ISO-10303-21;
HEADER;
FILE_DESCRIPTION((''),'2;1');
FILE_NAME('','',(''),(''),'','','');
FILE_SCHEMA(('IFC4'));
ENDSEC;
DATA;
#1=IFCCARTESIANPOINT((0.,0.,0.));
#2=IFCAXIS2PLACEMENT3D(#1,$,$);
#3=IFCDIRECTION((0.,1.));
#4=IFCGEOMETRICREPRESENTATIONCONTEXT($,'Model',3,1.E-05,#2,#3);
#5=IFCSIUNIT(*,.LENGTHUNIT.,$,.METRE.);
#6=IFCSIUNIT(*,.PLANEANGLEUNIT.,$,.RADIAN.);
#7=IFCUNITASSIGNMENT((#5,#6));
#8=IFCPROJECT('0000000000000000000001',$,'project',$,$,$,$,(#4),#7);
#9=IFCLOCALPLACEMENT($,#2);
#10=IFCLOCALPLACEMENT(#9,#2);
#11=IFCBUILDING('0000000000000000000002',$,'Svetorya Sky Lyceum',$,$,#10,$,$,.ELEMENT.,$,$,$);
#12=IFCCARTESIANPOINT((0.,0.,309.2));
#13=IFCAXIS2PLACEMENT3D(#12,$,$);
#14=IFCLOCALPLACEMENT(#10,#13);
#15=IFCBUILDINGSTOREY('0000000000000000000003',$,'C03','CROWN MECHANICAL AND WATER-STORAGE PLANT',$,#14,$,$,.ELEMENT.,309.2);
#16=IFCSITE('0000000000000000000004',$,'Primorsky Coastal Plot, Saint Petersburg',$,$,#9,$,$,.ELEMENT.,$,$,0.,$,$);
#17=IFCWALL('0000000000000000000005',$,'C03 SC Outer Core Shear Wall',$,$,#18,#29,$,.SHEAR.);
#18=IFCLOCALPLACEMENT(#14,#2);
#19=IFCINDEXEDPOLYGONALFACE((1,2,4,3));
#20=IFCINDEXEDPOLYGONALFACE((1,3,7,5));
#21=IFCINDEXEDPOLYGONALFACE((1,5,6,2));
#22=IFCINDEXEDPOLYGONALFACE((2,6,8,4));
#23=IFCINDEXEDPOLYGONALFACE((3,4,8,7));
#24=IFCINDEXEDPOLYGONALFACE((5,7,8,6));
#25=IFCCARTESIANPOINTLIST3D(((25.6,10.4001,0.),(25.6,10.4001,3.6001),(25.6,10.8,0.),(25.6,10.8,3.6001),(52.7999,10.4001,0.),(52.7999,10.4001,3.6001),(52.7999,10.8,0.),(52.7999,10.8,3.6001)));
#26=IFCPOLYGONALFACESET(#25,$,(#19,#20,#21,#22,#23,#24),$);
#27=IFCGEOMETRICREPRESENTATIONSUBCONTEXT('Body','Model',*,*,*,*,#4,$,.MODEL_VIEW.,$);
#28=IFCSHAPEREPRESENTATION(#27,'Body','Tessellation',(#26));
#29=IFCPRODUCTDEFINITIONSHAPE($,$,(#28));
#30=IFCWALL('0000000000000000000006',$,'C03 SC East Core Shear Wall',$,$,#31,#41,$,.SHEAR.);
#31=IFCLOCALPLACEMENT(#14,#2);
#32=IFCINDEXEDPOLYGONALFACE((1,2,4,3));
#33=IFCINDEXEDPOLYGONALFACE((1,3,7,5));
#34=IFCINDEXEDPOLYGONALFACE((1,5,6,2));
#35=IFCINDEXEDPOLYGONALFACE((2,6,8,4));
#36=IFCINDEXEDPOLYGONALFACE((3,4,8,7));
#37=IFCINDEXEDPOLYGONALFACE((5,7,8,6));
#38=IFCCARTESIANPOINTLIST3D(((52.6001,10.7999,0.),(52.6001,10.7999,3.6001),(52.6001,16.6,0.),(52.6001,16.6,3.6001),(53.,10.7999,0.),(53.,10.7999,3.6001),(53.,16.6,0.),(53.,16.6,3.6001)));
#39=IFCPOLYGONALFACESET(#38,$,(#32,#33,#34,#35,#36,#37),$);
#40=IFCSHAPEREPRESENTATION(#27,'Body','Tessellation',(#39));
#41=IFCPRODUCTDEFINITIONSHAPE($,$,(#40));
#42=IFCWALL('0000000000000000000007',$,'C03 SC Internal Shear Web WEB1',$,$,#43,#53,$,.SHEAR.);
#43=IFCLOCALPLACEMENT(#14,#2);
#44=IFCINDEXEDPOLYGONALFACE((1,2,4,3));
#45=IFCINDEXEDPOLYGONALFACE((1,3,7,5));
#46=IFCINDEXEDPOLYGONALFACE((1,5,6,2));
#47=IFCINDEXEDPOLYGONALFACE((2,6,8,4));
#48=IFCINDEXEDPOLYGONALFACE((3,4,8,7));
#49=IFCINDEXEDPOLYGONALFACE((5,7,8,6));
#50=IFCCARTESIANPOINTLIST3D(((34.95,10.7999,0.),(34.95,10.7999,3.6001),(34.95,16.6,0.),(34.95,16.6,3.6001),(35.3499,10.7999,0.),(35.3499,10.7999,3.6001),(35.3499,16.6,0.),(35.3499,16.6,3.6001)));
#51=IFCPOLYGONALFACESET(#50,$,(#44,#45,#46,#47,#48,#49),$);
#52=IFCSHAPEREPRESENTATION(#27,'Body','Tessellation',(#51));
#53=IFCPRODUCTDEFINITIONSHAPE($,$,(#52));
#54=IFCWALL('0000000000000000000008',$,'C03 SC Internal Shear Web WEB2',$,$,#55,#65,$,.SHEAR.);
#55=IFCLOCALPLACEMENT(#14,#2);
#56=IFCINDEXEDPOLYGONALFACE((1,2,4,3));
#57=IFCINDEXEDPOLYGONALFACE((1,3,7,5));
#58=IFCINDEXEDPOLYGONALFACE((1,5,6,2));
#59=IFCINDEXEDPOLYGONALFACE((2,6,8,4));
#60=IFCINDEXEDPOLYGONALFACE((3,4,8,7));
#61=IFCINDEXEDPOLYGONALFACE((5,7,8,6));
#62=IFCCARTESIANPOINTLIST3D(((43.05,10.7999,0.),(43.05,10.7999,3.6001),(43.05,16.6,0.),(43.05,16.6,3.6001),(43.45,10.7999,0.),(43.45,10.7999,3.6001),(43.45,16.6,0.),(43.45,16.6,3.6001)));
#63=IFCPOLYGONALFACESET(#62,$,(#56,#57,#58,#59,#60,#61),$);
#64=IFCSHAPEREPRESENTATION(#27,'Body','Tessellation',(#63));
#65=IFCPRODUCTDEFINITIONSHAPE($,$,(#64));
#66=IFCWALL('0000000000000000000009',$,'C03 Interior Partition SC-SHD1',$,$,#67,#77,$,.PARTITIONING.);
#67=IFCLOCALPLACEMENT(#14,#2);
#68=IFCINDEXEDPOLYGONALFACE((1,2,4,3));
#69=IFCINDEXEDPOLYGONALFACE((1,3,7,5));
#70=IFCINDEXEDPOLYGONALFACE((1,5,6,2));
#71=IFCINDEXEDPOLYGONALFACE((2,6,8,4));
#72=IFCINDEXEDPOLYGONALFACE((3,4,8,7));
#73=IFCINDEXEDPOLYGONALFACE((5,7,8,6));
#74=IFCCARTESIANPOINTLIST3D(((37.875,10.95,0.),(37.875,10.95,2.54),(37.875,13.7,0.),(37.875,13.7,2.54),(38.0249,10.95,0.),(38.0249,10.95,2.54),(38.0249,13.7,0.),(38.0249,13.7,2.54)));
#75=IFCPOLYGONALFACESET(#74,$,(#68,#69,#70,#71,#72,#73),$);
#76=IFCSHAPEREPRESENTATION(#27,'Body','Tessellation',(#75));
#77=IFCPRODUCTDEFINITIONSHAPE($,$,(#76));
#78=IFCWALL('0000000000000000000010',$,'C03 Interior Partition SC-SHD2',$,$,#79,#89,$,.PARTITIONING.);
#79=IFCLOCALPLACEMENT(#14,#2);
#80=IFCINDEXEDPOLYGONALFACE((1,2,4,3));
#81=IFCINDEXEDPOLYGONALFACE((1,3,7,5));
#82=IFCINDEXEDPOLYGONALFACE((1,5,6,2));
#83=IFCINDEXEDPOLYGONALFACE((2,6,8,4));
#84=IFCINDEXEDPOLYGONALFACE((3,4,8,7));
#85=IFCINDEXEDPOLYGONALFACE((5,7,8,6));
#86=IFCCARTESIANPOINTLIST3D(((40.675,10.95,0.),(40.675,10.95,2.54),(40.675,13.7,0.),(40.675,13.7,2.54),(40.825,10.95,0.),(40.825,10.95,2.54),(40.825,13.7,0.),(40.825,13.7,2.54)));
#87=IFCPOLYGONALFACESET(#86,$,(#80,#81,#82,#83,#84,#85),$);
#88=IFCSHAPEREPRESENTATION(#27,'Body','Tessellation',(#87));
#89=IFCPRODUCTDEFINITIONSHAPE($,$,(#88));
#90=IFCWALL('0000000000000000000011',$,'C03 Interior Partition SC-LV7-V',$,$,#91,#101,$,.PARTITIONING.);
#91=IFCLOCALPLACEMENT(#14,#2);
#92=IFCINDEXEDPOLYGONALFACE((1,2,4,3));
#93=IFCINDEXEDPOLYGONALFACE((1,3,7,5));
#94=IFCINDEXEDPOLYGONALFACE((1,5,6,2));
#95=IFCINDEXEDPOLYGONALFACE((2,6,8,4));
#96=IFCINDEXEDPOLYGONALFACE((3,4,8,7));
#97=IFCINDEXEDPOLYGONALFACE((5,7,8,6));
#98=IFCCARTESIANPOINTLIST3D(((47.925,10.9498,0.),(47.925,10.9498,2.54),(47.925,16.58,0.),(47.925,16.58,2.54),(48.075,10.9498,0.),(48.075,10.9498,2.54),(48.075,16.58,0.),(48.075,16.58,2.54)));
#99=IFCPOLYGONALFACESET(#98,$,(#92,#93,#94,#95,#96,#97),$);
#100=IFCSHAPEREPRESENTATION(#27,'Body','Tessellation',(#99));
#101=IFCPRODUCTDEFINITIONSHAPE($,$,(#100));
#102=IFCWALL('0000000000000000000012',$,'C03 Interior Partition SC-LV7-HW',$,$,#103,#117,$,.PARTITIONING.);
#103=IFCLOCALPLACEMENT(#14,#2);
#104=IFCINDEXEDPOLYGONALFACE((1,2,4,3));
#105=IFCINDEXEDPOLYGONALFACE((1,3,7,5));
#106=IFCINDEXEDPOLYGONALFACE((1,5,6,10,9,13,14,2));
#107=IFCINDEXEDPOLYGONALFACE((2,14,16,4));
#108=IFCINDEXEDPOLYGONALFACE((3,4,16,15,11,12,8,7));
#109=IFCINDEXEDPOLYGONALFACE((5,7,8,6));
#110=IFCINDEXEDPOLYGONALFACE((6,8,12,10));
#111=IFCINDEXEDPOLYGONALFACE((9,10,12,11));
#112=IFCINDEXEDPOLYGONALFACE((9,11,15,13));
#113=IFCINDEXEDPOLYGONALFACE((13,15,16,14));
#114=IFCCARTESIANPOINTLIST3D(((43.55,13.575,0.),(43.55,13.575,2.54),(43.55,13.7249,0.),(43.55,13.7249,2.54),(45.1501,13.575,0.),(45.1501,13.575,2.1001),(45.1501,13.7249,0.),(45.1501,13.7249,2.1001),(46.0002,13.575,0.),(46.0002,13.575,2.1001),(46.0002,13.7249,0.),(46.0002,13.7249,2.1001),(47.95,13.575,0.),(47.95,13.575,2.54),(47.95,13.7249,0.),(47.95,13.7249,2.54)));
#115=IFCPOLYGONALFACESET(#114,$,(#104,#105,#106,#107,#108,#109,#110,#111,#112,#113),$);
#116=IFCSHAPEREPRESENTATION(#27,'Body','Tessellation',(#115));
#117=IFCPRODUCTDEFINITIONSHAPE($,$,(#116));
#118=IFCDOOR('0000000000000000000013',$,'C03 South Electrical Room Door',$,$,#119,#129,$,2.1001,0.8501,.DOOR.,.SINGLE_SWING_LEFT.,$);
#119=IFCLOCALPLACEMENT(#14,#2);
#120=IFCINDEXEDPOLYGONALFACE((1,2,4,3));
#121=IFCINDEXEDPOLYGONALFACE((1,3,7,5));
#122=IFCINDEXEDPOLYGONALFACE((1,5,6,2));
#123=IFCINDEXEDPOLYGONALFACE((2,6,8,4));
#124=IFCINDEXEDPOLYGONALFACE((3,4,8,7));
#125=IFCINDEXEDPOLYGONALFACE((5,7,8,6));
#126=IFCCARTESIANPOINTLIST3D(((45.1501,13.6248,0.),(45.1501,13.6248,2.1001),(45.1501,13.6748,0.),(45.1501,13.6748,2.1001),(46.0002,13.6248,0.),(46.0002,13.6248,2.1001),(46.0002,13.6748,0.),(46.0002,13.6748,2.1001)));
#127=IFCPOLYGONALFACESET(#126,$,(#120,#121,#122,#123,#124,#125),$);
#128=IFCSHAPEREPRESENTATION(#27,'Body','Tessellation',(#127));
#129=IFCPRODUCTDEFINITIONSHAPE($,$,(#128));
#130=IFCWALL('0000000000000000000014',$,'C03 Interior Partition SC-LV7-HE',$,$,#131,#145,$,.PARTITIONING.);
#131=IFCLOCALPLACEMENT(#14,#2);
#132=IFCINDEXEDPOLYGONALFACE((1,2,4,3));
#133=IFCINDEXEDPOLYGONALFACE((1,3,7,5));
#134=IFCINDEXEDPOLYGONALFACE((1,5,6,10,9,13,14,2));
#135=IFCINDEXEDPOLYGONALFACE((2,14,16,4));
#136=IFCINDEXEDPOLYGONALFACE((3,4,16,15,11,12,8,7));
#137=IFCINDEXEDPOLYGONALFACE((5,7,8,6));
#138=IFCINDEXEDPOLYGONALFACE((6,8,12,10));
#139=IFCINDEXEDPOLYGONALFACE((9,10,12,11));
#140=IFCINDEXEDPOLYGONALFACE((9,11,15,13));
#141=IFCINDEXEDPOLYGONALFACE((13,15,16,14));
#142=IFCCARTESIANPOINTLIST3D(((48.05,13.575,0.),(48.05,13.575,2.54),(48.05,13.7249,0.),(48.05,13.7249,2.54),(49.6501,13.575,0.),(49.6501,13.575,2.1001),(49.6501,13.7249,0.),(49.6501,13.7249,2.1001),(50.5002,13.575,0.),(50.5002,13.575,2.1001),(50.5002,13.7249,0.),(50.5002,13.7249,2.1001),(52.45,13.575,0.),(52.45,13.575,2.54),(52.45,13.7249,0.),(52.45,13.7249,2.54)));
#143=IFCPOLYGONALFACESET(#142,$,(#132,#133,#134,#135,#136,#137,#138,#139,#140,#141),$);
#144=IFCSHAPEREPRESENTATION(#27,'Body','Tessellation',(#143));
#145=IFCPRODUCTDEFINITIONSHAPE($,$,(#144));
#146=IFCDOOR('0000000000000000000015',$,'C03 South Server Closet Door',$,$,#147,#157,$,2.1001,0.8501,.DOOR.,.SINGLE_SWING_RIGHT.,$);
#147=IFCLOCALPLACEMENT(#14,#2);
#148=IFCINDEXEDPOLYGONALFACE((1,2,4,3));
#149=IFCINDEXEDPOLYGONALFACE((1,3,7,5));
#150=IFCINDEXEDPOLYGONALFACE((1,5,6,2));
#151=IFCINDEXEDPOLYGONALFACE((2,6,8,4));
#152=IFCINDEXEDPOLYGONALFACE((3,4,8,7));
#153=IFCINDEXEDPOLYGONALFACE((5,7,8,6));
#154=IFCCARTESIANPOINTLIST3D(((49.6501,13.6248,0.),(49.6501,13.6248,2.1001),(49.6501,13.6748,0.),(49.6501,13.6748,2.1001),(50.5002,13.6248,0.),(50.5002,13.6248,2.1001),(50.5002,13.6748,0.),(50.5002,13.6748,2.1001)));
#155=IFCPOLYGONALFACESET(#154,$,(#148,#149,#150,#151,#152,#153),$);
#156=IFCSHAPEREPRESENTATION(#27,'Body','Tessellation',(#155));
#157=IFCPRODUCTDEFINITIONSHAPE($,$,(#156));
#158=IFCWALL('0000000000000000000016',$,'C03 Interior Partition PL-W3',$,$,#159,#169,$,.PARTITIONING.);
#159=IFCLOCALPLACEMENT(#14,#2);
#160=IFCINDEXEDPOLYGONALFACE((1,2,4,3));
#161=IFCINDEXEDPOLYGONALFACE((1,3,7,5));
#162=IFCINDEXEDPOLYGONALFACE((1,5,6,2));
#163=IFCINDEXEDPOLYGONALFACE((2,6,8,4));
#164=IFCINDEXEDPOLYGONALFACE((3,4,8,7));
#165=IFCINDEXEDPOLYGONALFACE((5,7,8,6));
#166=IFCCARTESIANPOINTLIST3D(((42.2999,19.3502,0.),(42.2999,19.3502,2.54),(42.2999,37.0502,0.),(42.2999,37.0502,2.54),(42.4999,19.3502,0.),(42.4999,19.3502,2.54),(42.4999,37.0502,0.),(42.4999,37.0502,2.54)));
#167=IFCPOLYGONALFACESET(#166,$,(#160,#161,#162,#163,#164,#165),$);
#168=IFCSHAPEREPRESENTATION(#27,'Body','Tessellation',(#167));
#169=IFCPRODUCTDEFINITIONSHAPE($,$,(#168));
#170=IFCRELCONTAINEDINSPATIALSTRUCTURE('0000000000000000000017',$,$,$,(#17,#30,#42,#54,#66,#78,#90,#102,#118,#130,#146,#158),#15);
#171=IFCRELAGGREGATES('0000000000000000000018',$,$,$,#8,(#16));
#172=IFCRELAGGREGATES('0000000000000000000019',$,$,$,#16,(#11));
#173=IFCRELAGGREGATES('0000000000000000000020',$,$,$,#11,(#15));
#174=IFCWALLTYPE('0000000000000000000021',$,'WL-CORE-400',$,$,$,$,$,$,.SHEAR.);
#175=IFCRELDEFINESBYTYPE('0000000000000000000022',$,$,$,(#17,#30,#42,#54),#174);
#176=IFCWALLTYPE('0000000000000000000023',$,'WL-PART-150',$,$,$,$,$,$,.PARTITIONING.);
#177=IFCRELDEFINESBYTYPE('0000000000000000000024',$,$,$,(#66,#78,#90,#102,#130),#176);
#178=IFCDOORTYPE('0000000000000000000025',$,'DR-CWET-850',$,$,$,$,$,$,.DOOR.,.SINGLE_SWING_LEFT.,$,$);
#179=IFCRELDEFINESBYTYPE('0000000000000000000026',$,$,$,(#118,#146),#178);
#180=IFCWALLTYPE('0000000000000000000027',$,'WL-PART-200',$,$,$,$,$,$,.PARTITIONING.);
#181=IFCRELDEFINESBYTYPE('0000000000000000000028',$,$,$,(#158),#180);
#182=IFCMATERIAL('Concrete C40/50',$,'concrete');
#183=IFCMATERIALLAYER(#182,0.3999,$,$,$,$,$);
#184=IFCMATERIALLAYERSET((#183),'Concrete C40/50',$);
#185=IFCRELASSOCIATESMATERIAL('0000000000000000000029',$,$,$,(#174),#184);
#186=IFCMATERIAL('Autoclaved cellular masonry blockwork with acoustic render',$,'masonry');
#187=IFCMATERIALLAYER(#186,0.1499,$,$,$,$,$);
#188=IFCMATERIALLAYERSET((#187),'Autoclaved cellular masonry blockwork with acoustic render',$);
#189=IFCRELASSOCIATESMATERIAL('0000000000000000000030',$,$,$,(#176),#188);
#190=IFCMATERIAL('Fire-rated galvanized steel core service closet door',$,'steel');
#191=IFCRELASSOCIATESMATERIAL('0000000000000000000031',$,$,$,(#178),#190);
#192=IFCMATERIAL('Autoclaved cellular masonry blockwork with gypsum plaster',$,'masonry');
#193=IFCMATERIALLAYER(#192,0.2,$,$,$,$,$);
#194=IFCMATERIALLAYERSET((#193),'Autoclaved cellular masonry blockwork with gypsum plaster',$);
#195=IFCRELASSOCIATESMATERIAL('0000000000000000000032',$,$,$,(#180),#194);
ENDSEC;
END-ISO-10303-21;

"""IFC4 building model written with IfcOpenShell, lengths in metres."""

from ifc_helpers import new_model, si_unit, direction, frame, frame_2d, origin, place, context, subcontext, project, spatial, rectangle, extrude, material, layer, layer_set, type_object, element, fill, save


model = new_model("IFC4")

# Units and contexts
model_context = context("Model", 3, precision=1e-05, world=origin(), true_north=direction((0.0, 1.0)))
body_context = subcontext(model_context, "Body", "Model", "MODEL_VIEW")
ifc_project = project(units=[si_unit("LENGTHUNIT", "METRE"), si_unit("PLANEANGLEUNIT", "RADIAN")], contexts=[model_context])

# Site, building, storey
site_placement = place(None, origin())
site = spatial("IfcSite", under=ifc_project, at=site_placement, Name="Primorsky Coastal Plot, Saint Petersburg", CompositionType="ELEMENT", RefElevation=0.0)
building_placement = place(site_placement, origin())
building = spatial("IfcBuilding", under=site, at=building_placement, Name="Svetorya Sky Lyceum", CompositionType="ELEMENT")
storey_placement = place(building_placement, frame((0.0, 0.0, 309.2)))
storey = spatial("IfcBuildingStorey", under=building, at=storey_placement, Name="C03", Description="CROWN MECHANICAL AND WATER-STORAGE PLANT", CompositionType="ELEMENT", Elevation=309.2)

# Shared definitions
ifc_material_1 = material(Name="Concrete C40/50", Category="concrete")

# Walls
ifc_layer_1 = layer(ifc_material_1, 0.3999)
ifc_layer_set_1 = layer_set([ifc_layer_1], Name="Concrete C40/50")
wall_type_1 = type_object("IfcWallType", Name="WL-CORE-400", PredefinedType="SHEAR", material=ifc_layer_set_1)
wall_1_placement = place(storey_placement, frame((52.8, 10.6001, 0.0), z_axis=(0.0, 0.0, 1.0), x_axis=(-1.0, 0.0, 0.0)))
element("IfcWall", 1, at=wall_1_placement, inside=storey, type_object=wall_type_1, Name="C03 SC Outer Core Shear Wall", PredefinedType="SHEAR", context=body_context, shape_type="SweptSolid", body=[
    extrude(rectangle(XDim=27.2, YDim=0.3999, at=frame_2d((13.6001, 0.0))), origin(), (0.0, 0.0, 1.0), 3.6001),
])
for number, where, z_axis, x_axis, name in (
    (2, (52.8, 10.8, 0.0), (0.0, 0.0, 1.0), (0.0, 1.0, 0.0), "C03 SC East Core Shear Wall"),
    (3, (35.1499, 10.8, 0.0), (0.0, 0.0, 1.0), (0.0, 1.0, 0.0), "C03 SC Internal Shear Web WEB1"),
    (4, (43.25, 10.8, 0.0), (0.0, 0.0, 1.0), (0.0, 1.0, 0.0), "C03 SC Internal Shear Web WEB2"),
):
    element("IfcWall", number, at=place(storey_placement, frame(where, z_axis=z_axis, x_axis=x_axis)), inside=storey, type_object=wall_type_1, Name=name, PredefinedType="SHEAR", context=body_context, shape_type="SweptSolid", body=[
        extrude(rectangle(XDim=5.8, YDim=0.3999, at=frame_2d((2.8999, 0.0))), origin(), (0.0, 0.0, 1.0), 3.6001),
    ])
ifc_material_2 = material(Name="Autoclaved cellular masonry blockwork with acoustic render", Category="masonry")
ifc_layer_2 = layer(ifc_material_2, 0.1499)
ifc_layer_set_2 = layer_set([ifc_layer_2], Name="Autoclaved cellular masonry blockwork with acoustic render")
wall_type_2 = type_object("IfcWallType", Name="WL-PART-150", PredefinedType="PARTITIONING", material=ifc_layer_set_2)
for number, where, z_axis, x_axis, name in (
    (5, (37.95, 10.95, 0.0), (0.0, 0.0, 1.0), (0.0, 1.0, 0.0), "C03 Interior Partition SC-SHD1"),
    (6, (40.75, 10.95, 0.0), (0.0, 0.0, 1.0), (0.0, 1.0, 0.0), "C03 Interior Partition SC-SHD2"),
):
    element("IfcWall", number, at=place(storey_placement, frame(where, z_axis=z_axis, x_axis=x_axis)), inside=storey, type_object=wall_type_2, Name=name, PredefinedType="PARTITIONING", context=body_context, shape_type="SweptSolid", body=[
        extrude(rectangle(XDim=2.75, YDim=0.1499, at=frame_2d((1.375, 0.0))), origin(), (0.0, 0.0, 1.0), 2.54),
    ])
wall_2_placement = place(storey_placement, frame((48.0, 10.95, 0.0), z_axis=(0.0, 0.0, 1.0), x_axis=(0.0, 1.0, 0.0)))
element("IfcWall", 7, at=wall_2_placement, inside=storey, type_object=wall_type_2, Name="C03 Interior Partition SC-LV7-V", PredefinedType="PARTITIONING", context=body_context, shape_type="SweptSolid", body=[
    extrude(rectangle(XDim=5.6301, YDim=0.1499, at=frame_2d((2.8149, 0.0))), origin(), (0.0, 0.0, 1.0), 2.54),
])

# Walls, openings, doors
wall_3_placement = place(storey_placement, frame((43.55, 13.6499, 0.0), z_axis=(0.0, 0.0, 1.0), x_axis=(1.0, 0.0, 0.0)))
wall_3 = element("IfcWall", 8, at=wall_3_placement, inside=storey, type_object=wall_type_2, Name="C03 Interior Partition SC-LV7-HW", PredefinedType="PARTITIONING", context=body_context, shape_type="SweptSolid", body=[
    extrude(rectangle(XDim=4.3999, YDim=0.1499, at=frame_2d((2.2, 0.0))), origin(), (0.0, 0.0, 1.0), 2.54),
])
opening_1_placement = place(wall_3_placement, frame((1.6001, 0.0, 0.0)))
opening_1 = element("IfcOpeningElement", 9, at=opening_1_placement, cuts=wall_3, PredefinedType="OPENING", context=body_context, shape_type="SweptSolid", body=[
    extrude(rectangle(XDim=0.8501, YDim=2.1001, at=frame_2d((0.425, 1.05))), frame((0.0, 0.085, 0.0), z_axis=(0.0, -1.0, 0.0), x_axis=(1.0, 0.0, 0.0)), (0.0, 0.0, 1.0), 0.1699),
])
ifc_material_3 = material(Name="Fire-rated galvanized steel core service closet door", Category="steel")
door_type_1 = type_object("IfcDoorType", Name="DR-CWET-850", OperationType="SINGLE_SWING_LEFT", PredefinedType="DOOR", material=ifc_material_3)
door_1_placement = place(opening_1_placement, origin())
door_1 = element("IfcDoor", 10, at=door_1_placement, inside=storey, type_object=door_type_1, Name="C03 South Electrical Room Door", OperationType="SINGLE_SWING_LEFT", OverallHeight=2.1001, OverallWidth=0.8501, PredefinedType="DOOR", context=body_context, shape_type="SweptSolid", body=[
    extrude(rectangle(XDim=0.8501, YDim=2.1001, at=frame_2d((0.425, 1.05))), frame((0.0, 0.0249, 0.0), z_axis=(0.0, -1.0, 0.0), x_axis=(1.0, 0.0, 0.0)), (0.0, 0.0, 1.0), 0.05),
])
fill(opening_1, door_1)
wall_4_placement = place(storey_placement, frame((48.05, 13.6499, 0.0), z_axis=(0.0, 0.0, 1.0), x_axis=(1.0, 0.0, 0.0)))
wall_4 = element("IfcWall", 11, at=wall_4_placement, inside=storey, type_object=wall_type_2, Name="C03 Interior Partition SC-LV7-HE", PredefinedType="PARTITIONING", context=body_context, shape_type="SweptSolid", body=[
    extrude(rectangle(XDim=4.3999, YDim=0.1499, at=frame_2d((2.2, 0.0))), origin(), (0.0, 0.0, 1.0), 2.54),
])
opening_2_placement = place(wall_4_placement, frame((1.6001, 0.0, 0.0)))
opening_2 = element("IfcOpeningElement", 12, at=opening_2_placement, cuts=wall_4, PredefinedType="OPENING", context=body_context, shape_type="SweptSolid", body=[
    extrude(rectangle(XDim=0.8501, YDim=2.1001, at=frame_2d((0.425, 1.05))), frame((0.0, 0.085, 0.0), z_axis=(0.0, -1.0, 0.0), x_axis=(1.0, 0.0, 0.0)), (0.0, 0.0, 1.0), 0.1699),
])
door_2_placement = place(opening_2_placement, origin())
door_2 = element("IfcDoor", 13, at=door_2_placement, inside=storey, type_object=door_type_1, Name="C03 South Server Closet Door", OperationType="SINGLE_SWING_RIGHT", OverallHeight=2.1001, OverallWidth=0.8501, PredefinedType="DOOR", context=body_context, shape_type="SweptSolid", body=[
    extrude(rectangle(XDim=0.8501, YDim=2.1001, at=frame_2d((0.425, 1.05))), frame((0.0, 0.0249, 0.0), z_axis=(0.0, -1.0, 0.0), x_axis=(1.0, 0.0, 0.0)), (0.0, 0.0, 1.0), 0.05),
])
fill(opening_2, door_2)

# Shared definitions
ifc_material_4 = material(Name="Autoclaved cellular masonry blockwork with gypsum plaster", Category="masonry")
ifc_layer_3 = layer(ifc_material_4, 0.2)
ifc_layer_set_3 = layer_set([ifc_layer_3], Name="Autoclaved cellular masonry blockwork with gypsum plaster")
wall_type_3 = type_object("IfcWallType", Name="WL-PART-200", PredefinedType="PARTITIONING", material=ifc_layer_set_3)

# Wall
wall_5_placement = place(storey_placement, frame((42.3999, 19.3501, 0.0), z_axis=(0.0, 0.0, 1.0), x_axis=(0.0, 1.0, 0.0)))
element("IfcWall", 14, at=wall_5_placement, inside=storey, type_object=wall_type_3, Name="C03 Interior Partition PL-W3", PredefinedType="PARTITIONING", context=body_context, shape_type="SweptSolid", body=[
    extrude(rectangle(XDim=17.7, YDim=0.2, at=frame_2d((8.8501, 0.0))), origin(), (0.0, 0.0, 1.0), 2.54),
])

save(model, "model.ifc")
